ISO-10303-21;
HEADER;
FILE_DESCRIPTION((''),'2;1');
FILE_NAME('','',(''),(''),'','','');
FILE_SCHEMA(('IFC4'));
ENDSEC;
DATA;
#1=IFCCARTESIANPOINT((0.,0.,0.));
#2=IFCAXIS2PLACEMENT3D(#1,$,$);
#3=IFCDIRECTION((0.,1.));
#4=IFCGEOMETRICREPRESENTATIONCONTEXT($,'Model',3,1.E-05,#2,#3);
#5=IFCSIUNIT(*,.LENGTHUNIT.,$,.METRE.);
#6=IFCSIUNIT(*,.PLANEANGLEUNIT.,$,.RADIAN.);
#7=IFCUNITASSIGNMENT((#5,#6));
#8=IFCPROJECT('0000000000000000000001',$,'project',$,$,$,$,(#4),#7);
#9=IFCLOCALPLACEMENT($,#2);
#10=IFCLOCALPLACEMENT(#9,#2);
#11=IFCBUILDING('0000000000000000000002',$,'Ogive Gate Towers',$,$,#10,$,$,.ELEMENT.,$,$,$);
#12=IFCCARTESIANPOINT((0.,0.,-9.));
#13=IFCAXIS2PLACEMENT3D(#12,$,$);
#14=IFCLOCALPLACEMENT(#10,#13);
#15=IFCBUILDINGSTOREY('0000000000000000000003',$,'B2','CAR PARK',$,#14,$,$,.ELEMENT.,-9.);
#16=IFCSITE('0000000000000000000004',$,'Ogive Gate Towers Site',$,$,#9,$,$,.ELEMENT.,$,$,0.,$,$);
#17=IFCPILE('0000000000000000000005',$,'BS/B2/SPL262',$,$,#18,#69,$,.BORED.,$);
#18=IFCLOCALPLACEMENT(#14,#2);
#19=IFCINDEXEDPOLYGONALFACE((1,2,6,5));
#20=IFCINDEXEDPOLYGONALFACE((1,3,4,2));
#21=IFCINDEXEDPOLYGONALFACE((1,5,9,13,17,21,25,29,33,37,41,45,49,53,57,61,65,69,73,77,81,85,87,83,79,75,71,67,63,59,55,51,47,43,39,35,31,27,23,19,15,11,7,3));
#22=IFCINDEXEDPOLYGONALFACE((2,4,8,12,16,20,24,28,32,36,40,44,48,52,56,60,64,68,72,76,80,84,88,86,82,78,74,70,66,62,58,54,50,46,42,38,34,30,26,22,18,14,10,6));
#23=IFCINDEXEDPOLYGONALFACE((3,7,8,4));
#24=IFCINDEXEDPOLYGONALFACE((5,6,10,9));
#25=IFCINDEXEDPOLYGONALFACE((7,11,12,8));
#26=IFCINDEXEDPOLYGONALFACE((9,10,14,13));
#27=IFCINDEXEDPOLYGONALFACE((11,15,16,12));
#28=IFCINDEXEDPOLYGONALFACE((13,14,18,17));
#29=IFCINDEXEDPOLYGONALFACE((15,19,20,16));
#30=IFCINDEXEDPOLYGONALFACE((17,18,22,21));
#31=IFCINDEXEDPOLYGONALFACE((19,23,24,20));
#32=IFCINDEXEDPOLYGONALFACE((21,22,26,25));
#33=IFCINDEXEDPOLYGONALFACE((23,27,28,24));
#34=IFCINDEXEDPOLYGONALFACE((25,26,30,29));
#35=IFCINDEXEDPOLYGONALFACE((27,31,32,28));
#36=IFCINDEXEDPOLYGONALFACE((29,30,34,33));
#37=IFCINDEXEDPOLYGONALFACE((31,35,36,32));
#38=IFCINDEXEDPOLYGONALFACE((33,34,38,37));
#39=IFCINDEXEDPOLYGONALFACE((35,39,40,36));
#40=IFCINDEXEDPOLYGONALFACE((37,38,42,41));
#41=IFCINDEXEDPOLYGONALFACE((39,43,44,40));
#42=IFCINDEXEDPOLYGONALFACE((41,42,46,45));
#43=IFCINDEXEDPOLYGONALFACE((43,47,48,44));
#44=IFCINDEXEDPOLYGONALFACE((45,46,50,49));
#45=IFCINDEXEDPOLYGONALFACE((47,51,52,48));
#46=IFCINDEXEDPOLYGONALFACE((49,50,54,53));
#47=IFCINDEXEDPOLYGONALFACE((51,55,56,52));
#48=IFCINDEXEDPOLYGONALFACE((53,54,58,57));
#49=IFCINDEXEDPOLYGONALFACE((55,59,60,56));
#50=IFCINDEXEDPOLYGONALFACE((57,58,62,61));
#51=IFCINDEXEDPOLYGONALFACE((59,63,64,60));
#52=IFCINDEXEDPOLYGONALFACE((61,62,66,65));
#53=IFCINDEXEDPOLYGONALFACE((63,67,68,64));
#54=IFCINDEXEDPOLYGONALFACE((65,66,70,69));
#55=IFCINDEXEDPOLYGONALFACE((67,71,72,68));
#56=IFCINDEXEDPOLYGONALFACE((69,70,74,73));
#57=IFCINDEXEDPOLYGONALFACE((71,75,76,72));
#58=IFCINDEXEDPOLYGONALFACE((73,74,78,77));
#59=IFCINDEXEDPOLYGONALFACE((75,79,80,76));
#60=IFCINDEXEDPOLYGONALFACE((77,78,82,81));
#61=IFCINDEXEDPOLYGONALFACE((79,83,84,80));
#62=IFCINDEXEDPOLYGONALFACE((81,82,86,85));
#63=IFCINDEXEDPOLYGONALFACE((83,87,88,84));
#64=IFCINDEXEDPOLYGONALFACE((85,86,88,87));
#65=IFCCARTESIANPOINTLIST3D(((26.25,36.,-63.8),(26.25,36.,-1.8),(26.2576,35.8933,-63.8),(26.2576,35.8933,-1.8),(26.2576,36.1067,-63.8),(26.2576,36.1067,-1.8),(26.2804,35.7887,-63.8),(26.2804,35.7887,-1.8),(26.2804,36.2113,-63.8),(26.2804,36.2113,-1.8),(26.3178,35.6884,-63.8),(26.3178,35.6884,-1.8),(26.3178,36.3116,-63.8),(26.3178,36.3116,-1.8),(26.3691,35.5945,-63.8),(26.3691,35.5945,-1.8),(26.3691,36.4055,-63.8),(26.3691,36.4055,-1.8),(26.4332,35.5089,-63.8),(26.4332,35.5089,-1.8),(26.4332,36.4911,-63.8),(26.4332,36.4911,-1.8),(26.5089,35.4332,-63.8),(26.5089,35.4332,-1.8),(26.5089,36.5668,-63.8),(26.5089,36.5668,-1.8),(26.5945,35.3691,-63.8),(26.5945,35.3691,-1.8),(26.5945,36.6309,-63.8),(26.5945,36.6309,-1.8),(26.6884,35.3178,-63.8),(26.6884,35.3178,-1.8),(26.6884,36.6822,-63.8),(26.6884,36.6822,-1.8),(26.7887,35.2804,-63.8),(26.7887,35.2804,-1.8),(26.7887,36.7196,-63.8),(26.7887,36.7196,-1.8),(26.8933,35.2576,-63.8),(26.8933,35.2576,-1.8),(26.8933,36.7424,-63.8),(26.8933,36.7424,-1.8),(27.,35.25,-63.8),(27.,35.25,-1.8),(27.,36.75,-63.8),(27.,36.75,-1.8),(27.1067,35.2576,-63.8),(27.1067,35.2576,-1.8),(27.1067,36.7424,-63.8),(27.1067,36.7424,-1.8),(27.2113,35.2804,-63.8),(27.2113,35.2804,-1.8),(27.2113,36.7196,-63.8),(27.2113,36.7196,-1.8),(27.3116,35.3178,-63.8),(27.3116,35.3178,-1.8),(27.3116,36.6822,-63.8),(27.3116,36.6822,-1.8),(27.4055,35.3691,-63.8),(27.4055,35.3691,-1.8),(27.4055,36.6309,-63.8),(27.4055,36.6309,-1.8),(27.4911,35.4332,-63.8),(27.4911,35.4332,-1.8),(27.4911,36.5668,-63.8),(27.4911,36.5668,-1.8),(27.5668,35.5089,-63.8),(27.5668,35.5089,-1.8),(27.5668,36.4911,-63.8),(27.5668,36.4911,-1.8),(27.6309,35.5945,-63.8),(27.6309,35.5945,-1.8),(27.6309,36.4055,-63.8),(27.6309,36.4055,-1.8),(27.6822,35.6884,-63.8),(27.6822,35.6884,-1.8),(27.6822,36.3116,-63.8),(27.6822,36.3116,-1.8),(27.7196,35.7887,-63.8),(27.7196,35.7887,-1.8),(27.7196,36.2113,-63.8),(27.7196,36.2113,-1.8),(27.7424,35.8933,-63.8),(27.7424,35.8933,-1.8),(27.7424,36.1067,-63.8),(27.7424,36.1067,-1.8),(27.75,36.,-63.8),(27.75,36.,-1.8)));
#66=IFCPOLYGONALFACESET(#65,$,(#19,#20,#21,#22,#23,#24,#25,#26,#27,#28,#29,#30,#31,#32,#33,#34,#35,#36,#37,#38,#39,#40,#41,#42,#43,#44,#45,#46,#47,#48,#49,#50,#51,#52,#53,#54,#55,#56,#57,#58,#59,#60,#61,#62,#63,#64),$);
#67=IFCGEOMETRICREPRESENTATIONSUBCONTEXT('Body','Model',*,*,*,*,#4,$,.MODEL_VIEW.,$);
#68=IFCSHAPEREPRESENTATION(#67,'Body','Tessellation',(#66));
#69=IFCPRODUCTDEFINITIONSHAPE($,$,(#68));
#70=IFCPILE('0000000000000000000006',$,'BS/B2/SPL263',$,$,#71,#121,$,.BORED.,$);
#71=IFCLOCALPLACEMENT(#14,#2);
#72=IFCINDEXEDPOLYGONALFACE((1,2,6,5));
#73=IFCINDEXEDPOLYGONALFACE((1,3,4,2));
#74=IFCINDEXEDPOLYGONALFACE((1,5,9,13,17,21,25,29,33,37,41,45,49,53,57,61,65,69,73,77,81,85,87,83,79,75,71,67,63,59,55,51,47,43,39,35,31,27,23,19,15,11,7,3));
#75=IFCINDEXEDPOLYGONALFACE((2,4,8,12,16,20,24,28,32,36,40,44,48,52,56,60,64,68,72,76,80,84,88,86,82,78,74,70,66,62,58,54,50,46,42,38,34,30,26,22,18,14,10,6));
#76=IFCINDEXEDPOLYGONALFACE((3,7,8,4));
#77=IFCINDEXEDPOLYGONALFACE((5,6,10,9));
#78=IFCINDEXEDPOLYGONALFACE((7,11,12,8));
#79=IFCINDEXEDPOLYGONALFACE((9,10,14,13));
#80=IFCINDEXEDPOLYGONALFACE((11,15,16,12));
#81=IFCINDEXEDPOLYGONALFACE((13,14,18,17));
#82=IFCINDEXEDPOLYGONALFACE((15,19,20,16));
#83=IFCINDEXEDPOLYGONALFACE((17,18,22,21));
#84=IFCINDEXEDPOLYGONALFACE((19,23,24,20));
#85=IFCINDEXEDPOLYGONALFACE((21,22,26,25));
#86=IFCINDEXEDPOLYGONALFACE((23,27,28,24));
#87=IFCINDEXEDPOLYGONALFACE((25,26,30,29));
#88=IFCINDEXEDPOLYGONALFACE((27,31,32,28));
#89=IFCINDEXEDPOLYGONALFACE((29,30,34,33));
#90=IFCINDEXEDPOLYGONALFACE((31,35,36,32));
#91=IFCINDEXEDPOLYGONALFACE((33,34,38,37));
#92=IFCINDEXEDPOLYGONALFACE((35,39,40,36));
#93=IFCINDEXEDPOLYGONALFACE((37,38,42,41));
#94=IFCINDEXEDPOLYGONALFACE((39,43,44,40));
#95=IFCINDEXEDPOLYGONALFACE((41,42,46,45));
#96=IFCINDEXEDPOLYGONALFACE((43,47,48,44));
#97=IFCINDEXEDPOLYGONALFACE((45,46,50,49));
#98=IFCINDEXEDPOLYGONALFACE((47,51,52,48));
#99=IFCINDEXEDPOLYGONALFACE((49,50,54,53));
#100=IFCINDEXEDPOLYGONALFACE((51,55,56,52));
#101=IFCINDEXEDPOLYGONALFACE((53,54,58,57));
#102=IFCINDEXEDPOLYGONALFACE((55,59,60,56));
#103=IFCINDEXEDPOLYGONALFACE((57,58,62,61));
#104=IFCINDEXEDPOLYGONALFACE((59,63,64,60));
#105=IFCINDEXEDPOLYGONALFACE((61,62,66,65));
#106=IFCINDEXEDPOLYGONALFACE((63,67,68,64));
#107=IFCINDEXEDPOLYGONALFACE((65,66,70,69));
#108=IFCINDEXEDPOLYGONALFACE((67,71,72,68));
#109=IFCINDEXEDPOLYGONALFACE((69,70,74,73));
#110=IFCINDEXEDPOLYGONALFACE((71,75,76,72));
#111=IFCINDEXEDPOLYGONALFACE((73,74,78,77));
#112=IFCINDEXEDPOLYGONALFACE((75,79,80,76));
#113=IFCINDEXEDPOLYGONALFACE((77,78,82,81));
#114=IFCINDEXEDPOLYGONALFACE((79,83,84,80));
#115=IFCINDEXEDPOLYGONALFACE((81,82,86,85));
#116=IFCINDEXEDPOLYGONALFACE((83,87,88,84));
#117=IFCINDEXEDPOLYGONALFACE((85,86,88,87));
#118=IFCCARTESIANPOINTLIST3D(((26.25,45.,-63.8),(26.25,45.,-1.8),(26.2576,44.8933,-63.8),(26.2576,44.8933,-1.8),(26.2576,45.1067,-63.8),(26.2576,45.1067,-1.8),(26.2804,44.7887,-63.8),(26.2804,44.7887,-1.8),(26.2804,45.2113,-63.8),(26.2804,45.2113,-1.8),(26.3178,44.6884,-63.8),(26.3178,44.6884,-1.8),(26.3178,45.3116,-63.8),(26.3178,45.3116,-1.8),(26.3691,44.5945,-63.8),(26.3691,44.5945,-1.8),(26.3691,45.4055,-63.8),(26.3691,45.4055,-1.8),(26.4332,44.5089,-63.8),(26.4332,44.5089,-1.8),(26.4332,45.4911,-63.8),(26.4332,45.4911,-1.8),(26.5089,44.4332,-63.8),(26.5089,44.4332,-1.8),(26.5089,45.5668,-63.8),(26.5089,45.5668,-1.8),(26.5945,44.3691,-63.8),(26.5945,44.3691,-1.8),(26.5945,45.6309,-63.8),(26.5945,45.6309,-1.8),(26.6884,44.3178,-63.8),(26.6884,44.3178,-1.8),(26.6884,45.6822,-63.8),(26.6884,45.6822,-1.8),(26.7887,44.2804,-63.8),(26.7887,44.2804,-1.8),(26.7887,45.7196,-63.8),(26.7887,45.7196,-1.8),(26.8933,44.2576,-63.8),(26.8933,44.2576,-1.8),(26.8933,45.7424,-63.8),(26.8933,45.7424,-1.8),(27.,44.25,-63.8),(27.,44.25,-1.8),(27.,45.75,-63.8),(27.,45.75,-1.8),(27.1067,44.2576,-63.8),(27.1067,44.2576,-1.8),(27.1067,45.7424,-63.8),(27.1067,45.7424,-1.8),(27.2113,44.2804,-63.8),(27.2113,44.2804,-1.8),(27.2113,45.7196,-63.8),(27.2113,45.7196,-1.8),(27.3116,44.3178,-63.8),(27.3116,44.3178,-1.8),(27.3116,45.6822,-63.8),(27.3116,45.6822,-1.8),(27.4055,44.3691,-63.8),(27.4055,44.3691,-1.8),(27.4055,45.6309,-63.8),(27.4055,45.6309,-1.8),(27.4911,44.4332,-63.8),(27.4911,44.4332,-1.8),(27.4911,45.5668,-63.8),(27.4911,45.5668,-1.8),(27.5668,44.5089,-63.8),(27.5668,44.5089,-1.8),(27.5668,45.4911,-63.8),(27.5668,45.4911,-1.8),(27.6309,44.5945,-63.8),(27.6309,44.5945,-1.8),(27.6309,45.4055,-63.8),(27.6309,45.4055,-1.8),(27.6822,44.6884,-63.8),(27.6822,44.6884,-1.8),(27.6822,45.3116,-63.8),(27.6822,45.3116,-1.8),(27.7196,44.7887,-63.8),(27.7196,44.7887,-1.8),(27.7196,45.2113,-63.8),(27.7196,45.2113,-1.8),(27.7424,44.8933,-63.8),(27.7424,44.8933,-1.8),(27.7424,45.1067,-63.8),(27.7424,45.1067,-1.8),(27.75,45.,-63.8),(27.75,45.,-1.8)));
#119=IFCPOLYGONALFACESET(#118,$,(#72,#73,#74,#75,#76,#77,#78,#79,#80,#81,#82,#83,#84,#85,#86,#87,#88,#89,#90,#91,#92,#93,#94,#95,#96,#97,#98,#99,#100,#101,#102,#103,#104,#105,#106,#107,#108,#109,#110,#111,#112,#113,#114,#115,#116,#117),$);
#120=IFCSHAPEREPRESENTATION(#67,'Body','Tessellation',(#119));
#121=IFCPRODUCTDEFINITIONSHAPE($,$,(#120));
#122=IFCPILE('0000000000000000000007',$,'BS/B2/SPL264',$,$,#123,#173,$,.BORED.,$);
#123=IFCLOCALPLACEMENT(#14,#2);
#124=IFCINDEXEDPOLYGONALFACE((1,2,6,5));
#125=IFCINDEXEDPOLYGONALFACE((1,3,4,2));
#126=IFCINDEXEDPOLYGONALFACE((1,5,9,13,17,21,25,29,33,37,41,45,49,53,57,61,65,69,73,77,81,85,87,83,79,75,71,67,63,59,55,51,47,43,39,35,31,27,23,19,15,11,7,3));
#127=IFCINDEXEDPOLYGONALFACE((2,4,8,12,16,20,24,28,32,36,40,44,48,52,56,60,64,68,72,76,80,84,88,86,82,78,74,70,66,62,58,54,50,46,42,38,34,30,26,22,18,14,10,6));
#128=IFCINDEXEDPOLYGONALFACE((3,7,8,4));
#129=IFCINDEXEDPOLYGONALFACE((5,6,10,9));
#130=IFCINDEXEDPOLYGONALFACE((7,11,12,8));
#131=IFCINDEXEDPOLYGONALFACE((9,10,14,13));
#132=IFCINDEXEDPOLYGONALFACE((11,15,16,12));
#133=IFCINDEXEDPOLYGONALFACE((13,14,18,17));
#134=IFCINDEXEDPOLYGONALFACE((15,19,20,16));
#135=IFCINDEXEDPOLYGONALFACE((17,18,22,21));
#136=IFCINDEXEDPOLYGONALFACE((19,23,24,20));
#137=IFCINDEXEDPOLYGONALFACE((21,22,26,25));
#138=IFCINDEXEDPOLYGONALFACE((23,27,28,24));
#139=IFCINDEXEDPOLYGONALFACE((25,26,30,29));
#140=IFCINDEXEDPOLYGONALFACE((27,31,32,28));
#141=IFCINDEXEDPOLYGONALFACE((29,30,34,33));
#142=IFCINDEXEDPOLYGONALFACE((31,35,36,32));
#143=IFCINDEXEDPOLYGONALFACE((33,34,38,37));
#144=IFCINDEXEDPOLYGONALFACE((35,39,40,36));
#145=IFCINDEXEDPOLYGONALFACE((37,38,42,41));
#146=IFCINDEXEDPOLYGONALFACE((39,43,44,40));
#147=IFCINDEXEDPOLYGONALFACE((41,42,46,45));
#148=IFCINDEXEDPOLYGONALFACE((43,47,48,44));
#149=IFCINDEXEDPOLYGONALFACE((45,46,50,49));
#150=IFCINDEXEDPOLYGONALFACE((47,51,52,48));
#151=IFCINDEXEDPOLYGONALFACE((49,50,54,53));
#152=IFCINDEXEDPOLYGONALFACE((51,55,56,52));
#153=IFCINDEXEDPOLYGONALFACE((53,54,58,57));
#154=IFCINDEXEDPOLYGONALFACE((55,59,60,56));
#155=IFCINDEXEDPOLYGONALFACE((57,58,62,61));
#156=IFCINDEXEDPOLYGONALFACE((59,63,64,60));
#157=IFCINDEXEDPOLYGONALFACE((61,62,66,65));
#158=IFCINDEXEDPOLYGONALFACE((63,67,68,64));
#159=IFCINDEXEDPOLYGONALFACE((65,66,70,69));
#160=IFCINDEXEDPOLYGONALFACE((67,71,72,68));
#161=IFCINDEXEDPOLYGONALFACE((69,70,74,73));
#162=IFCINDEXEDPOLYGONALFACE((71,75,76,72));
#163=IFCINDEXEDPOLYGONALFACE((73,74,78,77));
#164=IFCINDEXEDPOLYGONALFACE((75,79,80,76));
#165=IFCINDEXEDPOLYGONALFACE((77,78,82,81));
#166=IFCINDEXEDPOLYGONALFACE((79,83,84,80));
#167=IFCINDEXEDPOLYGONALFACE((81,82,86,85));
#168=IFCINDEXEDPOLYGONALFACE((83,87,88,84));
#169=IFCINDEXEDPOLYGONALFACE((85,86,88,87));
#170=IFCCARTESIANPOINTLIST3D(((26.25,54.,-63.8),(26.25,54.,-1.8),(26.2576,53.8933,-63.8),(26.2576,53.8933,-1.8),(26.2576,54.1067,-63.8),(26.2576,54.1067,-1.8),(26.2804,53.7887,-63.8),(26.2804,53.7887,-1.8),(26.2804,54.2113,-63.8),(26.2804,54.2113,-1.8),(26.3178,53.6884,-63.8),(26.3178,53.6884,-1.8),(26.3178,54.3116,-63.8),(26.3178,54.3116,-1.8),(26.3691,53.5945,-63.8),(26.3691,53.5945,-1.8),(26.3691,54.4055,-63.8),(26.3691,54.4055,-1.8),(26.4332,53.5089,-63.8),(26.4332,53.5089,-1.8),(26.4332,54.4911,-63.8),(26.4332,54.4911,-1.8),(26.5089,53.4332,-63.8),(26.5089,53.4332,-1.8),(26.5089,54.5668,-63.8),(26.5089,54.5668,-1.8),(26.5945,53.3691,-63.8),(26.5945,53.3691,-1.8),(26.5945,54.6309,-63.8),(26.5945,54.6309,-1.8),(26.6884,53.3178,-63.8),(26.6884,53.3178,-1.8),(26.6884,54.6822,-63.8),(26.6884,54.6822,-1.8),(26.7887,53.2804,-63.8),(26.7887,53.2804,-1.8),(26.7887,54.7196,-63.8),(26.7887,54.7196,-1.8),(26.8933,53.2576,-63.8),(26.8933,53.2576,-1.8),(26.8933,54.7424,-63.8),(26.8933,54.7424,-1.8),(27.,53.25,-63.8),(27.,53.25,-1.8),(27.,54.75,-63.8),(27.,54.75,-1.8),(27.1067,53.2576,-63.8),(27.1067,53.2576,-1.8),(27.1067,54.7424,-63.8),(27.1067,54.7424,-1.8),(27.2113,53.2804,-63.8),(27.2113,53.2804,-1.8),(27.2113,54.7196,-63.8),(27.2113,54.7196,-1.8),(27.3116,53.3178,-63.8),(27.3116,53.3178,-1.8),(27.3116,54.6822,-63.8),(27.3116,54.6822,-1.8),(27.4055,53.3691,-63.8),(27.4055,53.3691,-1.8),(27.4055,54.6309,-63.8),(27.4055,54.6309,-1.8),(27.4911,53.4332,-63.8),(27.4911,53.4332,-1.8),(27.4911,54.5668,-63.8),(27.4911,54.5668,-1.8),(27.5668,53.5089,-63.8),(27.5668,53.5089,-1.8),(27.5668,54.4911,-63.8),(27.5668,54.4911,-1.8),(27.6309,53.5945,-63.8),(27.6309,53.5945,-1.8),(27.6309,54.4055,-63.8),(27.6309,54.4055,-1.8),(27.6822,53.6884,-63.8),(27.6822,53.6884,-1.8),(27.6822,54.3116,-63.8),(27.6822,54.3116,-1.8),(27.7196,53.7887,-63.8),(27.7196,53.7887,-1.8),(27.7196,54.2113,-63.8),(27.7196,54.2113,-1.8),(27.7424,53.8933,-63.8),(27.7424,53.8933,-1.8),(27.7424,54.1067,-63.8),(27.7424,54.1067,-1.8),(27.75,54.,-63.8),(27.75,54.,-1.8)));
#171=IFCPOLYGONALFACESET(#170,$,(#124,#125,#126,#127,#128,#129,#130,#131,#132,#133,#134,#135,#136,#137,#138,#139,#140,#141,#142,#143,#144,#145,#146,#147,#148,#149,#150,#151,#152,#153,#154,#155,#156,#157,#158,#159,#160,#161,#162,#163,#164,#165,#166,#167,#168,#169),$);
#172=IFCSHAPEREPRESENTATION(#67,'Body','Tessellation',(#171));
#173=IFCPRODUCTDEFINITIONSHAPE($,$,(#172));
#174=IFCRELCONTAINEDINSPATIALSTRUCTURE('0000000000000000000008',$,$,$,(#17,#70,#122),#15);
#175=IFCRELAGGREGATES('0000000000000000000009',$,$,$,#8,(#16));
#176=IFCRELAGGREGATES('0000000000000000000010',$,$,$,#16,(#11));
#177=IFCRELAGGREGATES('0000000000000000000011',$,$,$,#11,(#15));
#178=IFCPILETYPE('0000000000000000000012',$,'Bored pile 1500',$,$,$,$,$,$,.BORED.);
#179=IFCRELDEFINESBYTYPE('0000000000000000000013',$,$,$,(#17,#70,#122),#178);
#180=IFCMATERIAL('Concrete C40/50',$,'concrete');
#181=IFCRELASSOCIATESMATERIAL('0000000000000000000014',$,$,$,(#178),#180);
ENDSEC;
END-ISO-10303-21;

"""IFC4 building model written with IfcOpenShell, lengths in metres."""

from ifc_helpers import new_model, si_unit, direction, frame, origin, origin_2d, place, context, subcontext, project, spatial, circle, extrude, material, material_profile, profile_set, type_object, element, save


model = new_model("IFC4")

# Units and contexts
model_context = context("Model", 3, precision=1e-05, world=origin(), true_north=direction((0.0, 1.0)))
body_context = subcontext(model_context, "Body", "Model", "MODEL_VIEW")
ifc_project = project(units=[si_unit("LENGTHUNIT", "METRE"), si_unit("PLANEANGLEUNIT", "RADIAN")], contexts=[model_context])

# Site, building, storey
site_placement = place(None, origin())
site = spatial("IfcSite", under=ifc_project, at=site_placement, Name="Ogive Gate Towers Site", CompositionType="ELEMENT", RefElevation=0.0)
building_placement = place(site_placement, origin())
building = spatial("IfcBuilding", under=site, at=building_placement, Name="Ogive Gate Towers", CompositionType="ELEMENT")
storey_placement = place(building_placement, frame((0.0, 0.0, -9.0)))
storey = spatial("IfcBuildingStorey", under=building, at=storey_placement, Name="B2", Description="CAR PARK", CompositionType="ELEMENT", Elevation=-9.0)

# Piles
ifc_material_1 = material(Name="Concrete C40/50", Category="concrete")
ifc_material_profile_1 = material_profile(ifc_material_1, circle(Radius=0.75, at=origin_2d()), Name="BP 1500")
ifc_profile_set_1 = profile_set([ifc_material_profile_1], Name="Concrete C40/50")
pile_type = type_object("IfcPileType", Name="Bored pile 1500", PredefinedType="BORED", material=ifc_profile_set_1)
for number, where, z_axis, x_axis, name in (
    (1, (27.0, 36.0, -1.8), (0.0, 0.0, -1.0), (1.0, 0.0, 0.0), "BS/B2/SPL262"),
    (2, (27.0, 45.0, -1.8), (0.0, 0.0, -1.0), (1.0, 0.0, 0.0), "BS/B2/SPL263"),
    (3, (27.0, 54.0, -1.8), (0.0, 0.0, -1.0), (1.0, 0.0, 0.0), "BS/B2/SPL264"),
):
    element("IfcPile", number, at=place(storey_placement, frame(where, z_axis=z_axis, x_axis=x_axis)), inside=storey, type_object=pile_type, Name=name, PredefinedType="BORED", context=body_context, shape_type="SweptSolid", body=[
        extrude(circle(Radius=0.75, at=origin_2d()), origin(), (0.0, 0.0, 1.0), 62.0),
    ])

save(model, "model.ifc")
